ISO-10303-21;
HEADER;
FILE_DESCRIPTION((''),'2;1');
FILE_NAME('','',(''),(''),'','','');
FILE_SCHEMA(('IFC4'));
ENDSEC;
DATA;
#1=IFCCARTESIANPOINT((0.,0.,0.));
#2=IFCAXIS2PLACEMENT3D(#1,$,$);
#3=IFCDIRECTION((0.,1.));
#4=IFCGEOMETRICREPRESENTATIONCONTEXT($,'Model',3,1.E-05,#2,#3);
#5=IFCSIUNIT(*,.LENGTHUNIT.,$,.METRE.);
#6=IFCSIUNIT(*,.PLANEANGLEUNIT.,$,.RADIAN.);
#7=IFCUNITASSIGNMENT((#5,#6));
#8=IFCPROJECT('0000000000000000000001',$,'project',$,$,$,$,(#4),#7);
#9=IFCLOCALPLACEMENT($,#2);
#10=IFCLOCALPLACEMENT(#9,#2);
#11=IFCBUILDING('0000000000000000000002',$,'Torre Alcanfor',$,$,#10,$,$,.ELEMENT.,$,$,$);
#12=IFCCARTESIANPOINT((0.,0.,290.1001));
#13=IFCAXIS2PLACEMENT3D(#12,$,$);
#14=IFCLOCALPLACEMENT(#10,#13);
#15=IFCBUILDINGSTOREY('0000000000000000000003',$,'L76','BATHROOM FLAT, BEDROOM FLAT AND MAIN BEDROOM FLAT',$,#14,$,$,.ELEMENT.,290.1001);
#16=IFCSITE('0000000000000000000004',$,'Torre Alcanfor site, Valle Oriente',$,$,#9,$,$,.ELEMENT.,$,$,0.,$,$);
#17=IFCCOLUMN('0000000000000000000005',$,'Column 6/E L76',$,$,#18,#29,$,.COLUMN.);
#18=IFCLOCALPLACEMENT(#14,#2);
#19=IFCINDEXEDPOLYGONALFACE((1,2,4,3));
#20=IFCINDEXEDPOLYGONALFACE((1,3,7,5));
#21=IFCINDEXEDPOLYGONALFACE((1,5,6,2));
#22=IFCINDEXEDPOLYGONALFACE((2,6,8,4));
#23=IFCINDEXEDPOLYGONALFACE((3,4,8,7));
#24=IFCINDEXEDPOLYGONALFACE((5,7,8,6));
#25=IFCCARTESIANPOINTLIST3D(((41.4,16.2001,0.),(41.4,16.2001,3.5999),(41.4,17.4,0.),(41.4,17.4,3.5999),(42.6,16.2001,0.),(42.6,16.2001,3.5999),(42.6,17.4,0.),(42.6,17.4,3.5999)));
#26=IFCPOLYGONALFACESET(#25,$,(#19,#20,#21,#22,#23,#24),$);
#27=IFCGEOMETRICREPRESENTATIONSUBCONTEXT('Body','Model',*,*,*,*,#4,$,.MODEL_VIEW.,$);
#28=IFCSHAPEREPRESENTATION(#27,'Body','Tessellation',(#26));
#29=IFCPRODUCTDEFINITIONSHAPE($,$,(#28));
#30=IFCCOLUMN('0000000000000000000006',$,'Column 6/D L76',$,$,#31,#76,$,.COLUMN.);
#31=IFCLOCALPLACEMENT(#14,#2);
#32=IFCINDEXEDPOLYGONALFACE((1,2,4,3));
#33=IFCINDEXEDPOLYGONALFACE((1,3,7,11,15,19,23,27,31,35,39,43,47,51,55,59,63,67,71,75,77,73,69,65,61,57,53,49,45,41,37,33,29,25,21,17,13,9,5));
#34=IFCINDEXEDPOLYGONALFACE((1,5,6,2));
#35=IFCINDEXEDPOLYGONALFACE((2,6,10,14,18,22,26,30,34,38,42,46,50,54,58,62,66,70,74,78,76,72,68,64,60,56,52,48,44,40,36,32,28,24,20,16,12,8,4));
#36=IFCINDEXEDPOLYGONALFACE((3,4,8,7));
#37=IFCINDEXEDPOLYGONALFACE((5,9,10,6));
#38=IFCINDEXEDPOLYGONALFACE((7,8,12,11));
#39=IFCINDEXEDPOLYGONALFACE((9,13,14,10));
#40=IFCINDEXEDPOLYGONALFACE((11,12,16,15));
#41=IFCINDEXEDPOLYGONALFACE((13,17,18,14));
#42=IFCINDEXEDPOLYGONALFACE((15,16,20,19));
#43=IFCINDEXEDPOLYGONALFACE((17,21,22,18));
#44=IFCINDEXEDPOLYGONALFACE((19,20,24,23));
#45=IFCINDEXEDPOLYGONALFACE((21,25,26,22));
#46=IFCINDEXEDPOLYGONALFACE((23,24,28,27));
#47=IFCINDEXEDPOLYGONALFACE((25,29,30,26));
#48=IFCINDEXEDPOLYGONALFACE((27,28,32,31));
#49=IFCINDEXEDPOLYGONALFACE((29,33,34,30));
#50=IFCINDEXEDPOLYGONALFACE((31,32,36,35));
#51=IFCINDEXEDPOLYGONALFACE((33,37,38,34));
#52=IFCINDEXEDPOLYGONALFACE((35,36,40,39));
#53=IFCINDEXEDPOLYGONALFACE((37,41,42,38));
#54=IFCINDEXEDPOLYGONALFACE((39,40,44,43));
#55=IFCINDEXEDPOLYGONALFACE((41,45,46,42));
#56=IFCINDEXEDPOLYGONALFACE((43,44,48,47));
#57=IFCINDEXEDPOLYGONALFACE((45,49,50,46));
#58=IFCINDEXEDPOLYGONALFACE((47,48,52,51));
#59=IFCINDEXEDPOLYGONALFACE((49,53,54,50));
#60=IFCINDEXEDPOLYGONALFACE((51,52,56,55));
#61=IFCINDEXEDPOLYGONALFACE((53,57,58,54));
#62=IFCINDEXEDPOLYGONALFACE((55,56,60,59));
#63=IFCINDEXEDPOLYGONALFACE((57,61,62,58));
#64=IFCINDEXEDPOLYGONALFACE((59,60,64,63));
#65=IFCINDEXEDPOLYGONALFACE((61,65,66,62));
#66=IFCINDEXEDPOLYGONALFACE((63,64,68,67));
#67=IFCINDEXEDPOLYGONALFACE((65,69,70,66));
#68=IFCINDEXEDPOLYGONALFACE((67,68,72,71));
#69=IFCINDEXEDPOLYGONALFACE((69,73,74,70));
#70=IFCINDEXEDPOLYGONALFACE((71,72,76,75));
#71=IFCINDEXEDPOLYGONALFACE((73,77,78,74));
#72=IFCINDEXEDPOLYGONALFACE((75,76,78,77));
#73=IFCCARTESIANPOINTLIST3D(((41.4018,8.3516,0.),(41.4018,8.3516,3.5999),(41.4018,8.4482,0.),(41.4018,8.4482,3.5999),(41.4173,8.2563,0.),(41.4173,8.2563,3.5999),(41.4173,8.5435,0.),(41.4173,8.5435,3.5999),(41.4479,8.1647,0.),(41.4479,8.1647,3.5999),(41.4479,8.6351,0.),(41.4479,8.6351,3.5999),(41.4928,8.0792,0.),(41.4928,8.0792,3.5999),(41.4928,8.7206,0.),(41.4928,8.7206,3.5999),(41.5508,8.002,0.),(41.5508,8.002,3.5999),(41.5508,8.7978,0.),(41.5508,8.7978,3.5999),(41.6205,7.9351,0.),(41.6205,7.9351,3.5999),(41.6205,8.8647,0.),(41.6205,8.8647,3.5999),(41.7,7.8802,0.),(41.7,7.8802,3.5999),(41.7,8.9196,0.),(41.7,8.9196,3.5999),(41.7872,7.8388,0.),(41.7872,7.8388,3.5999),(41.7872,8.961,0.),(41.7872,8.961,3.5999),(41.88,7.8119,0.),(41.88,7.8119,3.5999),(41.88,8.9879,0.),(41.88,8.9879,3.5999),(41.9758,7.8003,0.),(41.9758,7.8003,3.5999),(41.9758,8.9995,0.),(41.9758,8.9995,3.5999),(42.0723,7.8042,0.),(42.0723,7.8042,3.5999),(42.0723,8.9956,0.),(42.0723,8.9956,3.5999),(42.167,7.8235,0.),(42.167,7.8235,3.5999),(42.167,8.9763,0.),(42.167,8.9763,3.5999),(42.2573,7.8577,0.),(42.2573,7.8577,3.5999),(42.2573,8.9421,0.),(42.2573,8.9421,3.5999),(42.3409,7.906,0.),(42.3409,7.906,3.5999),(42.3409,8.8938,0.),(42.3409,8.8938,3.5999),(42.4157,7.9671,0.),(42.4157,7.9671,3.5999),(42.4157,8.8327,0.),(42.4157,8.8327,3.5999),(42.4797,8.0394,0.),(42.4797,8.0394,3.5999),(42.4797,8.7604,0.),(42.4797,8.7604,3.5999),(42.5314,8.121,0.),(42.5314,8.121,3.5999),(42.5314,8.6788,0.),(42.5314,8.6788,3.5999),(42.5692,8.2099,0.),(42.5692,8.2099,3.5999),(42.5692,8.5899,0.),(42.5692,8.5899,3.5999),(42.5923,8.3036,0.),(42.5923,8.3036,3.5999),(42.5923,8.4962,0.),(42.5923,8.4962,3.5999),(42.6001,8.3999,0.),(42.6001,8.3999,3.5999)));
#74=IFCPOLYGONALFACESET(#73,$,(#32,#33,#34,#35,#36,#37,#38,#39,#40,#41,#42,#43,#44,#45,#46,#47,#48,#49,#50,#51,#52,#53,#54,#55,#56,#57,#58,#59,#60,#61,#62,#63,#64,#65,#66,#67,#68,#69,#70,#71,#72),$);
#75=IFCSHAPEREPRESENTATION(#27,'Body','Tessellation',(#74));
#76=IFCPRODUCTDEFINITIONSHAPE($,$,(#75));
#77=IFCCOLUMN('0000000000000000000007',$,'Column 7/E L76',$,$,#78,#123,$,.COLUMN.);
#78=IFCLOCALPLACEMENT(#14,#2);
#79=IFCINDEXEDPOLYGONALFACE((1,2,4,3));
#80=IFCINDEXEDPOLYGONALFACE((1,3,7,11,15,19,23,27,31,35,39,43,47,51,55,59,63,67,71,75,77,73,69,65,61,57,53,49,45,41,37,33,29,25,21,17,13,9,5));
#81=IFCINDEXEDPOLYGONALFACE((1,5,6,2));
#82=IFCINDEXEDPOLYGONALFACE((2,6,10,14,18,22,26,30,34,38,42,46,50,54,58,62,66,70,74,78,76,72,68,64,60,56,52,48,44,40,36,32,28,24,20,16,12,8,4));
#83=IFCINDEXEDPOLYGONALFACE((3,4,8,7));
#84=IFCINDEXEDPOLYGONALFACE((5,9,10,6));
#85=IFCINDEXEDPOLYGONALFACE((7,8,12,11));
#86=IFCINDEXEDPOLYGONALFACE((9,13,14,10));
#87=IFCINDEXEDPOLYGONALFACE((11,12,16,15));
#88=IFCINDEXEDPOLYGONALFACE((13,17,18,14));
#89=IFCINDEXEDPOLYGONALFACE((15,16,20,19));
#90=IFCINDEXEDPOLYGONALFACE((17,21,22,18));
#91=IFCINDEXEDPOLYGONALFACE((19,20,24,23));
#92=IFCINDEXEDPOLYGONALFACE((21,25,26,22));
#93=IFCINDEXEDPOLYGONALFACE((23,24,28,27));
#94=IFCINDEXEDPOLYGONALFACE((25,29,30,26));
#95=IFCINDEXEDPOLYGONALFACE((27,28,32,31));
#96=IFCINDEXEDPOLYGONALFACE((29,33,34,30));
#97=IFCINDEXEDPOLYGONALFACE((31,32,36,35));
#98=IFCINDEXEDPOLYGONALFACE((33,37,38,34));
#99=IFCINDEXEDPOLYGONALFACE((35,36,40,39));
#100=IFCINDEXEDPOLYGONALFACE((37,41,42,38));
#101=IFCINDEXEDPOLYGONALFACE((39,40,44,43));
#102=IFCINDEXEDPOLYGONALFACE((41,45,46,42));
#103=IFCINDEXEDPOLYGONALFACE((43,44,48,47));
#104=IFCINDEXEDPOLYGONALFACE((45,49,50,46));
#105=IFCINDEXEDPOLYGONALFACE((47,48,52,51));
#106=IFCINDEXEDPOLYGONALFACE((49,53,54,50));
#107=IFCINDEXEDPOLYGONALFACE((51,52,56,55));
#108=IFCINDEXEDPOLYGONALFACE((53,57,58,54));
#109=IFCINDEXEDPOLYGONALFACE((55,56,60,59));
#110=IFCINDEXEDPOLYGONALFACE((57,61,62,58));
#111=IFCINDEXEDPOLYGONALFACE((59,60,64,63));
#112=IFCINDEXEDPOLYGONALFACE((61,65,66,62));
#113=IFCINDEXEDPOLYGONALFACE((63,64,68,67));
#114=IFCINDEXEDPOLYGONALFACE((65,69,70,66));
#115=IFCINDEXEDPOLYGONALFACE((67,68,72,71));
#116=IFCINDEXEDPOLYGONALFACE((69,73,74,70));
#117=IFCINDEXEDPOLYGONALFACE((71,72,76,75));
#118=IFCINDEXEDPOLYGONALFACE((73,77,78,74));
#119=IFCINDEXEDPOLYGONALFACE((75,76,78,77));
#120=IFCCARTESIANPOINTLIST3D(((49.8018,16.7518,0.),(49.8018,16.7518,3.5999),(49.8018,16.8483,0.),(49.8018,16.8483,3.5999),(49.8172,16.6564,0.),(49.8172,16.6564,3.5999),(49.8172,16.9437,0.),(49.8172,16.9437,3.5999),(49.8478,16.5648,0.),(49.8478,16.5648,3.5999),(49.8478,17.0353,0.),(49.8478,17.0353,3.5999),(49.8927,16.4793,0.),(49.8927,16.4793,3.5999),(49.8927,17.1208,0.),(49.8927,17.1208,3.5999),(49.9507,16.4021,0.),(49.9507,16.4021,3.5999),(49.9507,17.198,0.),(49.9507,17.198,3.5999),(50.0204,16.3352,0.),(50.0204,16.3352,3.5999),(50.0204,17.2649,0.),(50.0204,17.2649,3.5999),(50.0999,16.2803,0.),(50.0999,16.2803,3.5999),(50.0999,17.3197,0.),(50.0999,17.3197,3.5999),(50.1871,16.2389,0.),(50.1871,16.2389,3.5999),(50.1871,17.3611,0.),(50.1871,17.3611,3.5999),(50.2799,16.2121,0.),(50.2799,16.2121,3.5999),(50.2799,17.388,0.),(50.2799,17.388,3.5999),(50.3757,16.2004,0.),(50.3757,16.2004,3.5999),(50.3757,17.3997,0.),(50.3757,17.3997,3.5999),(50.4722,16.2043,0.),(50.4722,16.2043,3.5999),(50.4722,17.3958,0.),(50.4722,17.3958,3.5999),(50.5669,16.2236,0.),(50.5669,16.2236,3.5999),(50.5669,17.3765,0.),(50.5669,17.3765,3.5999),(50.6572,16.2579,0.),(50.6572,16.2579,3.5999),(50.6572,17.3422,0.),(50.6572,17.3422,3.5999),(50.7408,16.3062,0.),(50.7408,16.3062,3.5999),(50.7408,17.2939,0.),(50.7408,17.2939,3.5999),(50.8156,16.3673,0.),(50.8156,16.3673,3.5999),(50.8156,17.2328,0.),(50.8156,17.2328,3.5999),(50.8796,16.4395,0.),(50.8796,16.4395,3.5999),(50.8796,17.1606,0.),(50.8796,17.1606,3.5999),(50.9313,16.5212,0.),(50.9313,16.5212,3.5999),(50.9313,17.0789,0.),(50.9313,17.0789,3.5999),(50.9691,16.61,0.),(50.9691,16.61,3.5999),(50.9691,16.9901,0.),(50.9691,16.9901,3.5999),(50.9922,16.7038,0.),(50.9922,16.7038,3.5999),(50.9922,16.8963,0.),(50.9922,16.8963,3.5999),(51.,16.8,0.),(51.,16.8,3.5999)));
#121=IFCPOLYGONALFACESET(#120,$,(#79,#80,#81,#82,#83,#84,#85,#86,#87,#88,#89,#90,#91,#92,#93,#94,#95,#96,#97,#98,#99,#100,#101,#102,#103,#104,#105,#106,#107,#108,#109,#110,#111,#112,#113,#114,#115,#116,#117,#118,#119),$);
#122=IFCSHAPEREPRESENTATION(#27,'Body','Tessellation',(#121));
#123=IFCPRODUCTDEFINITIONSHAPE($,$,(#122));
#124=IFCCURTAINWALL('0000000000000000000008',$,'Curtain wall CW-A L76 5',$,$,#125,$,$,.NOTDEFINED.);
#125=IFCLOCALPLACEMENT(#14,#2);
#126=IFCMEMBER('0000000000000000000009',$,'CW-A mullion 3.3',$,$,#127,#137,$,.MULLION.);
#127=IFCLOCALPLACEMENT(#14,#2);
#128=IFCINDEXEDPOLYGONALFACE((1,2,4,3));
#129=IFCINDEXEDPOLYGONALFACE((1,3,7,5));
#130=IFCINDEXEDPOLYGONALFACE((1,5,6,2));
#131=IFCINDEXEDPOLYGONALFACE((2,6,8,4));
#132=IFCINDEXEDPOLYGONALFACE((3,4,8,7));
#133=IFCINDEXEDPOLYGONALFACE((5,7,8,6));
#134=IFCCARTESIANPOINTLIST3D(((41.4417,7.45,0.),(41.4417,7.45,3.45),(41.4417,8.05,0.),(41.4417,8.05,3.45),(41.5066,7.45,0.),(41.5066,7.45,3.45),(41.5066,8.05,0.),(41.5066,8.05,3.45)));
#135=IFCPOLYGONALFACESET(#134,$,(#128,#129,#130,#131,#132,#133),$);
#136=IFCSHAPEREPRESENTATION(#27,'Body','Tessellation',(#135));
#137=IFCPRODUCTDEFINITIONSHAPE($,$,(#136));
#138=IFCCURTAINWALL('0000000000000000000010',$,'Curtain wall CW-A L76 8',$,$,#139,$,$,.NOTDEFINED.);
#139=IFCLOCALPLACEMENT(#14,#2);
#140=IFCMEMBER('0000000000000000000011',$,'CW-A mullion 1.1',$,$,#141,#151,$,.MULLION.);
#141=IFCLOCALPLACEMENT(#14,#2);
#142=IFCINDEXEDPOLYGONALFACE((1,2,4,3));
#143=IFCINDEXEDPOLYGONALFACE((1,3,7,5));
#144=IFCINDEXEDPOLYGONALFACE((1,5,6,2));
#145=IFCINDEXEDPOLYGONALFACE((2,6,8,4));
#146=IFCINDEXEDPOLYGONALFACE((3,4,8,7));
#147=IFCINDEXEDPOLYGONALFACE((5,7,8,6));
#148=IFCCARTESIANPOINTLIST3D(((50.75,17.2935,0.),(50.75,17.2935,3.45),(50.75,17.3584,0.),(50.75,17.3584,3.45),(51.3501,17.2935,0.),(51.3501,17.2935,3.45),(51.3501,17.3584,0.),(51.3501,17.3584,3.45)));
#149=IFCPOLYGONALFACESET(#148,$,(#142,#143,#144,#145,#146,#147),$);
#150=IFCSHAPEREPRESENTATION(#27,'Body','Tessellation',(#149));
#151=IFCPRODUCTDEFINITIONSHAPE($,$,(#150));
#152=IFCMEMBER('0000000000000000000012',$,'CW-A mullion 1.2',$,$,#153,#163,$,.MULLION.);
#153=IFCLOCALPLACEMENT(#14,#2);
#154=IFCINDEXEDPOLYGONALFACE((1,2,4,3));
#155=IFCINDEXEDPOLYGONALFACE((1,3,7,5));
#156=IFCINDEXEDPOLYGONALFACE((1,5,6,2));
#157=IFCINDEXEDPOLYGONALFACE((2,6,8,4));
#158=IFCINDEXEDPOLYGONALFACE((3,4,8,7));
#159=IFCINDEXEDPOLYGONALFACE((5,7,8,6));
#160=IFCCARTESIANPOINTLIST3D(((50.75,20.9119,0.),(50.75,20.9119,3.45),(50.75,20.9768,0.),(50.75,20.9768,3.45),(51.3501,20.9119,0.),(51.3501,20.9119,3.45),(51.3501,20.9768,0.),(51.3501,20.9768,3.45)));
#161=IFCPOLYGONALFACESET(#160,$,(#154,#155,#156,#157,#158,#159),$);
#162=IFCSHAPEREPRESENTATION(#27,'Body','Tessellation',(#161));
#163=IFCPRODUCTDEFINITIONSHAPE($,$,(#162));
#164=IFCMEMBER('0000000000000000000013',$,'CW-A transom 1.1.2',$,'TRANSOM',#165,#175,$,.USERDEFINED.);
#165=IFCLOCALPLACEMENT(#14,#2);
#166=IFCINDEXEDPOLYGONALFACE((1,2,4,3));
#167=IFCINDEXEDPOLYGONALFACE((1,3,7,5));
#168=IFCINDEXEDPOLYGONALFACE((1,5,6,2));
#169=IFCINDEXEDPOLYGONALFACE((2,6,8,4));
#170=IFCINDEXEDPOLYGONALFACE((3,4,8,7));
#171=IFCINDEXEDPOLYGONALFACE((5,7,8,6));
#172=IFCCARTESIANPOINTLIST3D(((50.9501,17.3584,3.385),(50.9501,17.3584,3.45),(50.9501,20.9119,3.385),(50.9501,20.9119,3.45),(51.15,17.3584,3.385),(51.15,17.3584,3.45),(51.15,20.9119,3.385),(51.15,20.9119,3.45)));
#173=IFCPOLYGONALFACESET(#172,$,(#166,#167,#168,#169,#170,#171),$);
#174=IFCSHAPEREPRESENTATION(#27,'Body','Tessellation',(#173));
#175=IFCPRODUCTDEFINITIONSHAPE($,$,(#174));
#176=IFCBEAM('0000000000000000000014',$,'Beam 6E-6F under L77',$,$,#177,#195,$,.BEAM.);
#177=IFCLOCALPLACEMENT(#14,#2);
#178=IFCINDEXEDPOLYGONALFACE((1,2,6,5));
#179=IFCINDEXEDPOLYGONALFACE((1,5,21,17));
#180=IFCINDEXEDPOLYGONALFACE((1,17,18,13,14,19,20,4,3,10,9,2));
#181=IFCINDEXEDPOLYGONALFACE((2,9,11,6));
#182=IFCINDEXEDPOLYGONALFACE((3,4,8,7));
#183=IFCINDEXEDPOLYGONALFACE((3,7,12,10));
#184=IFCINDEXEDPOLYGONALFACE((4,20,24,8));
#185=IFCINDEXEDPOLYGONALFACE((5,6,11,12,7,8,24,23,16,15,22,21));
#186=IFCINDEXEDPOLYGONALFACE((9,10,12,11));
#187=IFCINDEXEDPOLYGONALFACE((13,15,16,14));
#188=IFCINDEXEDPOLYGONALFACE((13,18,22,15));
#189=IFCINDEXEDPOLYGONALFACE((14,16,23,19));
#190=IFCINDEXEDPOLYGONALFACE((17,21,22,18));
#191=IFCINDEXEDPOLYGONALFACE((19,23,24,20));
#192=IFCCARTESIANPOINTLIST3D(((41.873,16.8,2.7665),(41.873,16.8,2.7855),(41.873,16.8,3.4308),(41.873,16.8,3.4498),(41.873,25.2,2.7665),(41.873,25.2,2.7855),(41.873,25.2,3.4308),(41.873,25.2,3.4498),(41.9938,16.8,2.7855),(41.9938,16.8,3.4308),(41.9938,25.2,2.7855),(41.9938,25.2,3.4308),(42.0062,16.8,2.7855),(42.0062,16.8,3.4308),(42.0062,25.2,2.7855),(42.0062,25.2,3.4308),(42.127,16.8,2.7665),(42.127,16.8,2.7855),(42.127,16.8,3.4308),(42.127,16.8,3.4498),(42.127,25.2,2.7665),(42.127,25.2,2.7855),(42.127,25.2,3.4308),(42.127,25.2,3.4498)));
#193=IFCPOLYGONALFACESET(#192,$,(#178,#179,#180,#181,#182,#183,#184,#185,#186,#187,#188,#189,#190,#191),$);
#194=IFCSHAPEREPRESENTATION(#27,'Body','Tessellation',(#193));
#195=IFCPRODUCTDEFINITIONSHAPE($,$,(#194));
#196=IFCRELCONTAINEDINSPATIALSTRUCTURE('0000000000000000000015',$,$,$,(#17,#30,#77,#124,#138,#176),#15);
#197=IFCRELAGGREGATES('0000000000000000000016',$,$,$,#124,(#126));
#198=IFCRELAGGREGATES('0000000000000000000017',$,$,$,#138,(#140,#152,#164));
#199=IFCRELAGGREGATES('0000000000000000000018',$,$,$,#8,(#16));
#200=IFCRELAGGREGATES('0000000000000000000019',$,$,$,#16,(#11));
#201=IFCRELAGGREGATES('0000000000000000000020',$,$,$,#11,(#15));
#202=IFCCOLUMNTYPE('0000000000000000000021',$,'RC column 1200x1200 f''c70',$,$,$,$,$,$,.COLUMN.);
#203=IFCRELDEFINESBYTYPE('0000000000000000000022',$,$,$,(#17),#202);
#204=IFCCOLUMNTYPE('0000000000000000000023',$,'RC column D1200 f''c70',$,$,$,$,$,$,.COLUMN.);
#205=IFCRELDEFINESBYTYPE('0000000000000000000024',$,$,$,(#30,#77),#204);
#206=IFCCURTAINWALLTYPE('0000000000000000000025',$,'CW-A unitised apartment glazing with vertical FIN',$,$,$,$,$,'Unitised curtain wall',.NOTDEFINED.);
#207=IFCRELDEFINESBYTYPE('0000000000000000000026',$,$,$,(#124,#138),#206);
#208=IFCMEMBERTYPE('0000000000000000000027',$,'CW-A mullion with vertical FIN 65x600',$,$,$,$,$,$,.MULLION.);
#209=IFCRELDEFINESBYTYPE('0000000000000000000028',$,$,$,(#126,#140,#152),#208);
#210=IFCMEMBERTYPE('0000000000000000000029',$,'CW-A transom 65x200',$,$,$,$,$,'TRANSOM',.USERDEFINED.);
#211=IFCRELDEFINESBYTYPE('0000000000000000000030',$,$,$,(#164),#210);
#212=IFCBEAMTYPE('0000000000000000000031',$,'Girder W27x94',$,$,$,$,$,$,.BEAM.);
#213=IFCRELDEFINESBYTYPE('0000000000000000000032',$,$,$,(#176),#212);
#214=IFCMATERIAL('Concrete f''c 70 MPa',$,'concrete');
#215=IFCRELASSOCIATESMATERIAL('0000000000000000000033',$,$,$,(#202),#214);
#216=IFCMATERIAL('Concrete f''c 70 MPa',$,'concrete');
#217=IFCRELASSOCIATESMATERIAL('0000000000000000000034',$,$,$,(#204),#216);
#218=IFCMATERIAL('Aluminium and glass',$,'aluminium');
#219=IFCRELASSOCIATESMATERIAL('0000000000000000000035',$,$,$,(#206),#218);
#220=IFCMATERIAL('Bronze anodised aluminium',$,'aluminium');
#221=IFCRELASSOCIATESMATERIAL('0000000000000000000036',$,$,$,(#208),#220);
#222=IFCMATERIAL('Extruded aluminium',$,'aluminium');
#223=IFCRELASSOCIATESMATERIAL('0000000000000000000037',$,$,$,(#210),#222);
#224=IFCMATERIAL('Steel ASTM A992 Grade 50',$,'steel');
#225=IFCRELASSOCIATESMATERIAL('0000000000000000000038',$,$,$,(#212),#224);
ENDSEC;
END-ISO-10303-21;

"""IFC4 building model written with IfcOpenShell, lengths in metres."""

from ifc_helpers import new_model, si_unit, direction, frame, origin, origin_2d, place, context, subcontext, project, spatial, rectangle, circle, i_section, extrude, material, material_profile, profile_set, type_object, element, aggregate, save


model = new_model("IFC4")

# Units and contexts
model_context = context("Model", 3, precision=1e-05, world=origin(), true_north=direction((0.0, 1.0)))
body_context = subcontext(model_context, "Body", "Model", "MODEL_VIEW")
ifc_project = project(units=[si_unit("LENGTHUNIT", "METRE"), si_unit("PLANEANGLEUNIT", "RADIAN")], contexts=[model_context])

# Site, building, storey
site_placement = place(None, origin())
site = spatial("IfcSite", under=ifc_project, at=site_placement, Name="Torre Alcanfor site, Valle Oriente", CompositionType="ELEMENT", RefElevation=0.0)
building_placement = place(site_placement, origin())
building = spatial("IfcBuilding", under=site, at=building_placement, Name="Torre Alcanfor", CompositionType="ELEMENT")
storey_placement = place(building_placement, frame((0.0, 0.0, 290.1001)))
storey = spatial("IfcBuildingStorey", under=building, at=storey_placement, Name="L76", Description="BATHROOM FLAT, BEDROOM FLAT AND MAIN BEDROOM FLAT", CompositionType="ELEMENT", Elevation=290.1001)

# Columns
ifc_material_1 = material(Name="Concrete f'c 70 MPa", Category="concrete")
ifc_material_profile_1 = material_profile(ifc_material_1, rectangle(XDim=1.2, YDim=1.2, at=origin_2d()), Name="1200x1200")
ifc_profile_set_1 = profile_set([ifc_material_profile_1], Name="Concrete f'c 70 MPa")
column_type_1 = type_object("IfcColumnType", Name="RC column 1200x1200 f'c70", PredefinedType="COLUMN", material=ifc_profile_set_1)
column_placement = place(storey_placement, frame((42.0, 16.8, 0.0), z_axis=(0.0, 0.0, 1.0), x_axis=(1.0, 0.0, 0.0)))
element("IfcColumn", 1, at=column_placement, inside=storey, type_object=column_type_1, Name="Column 6/E L76", PredefinedType="COLUMN", context=body_context, shape_type="SweptSolid", body=[
    extrude(rectangle(XDim=1.2, YDim=1.2, at=origin_2d()), origin(), (0.0, 0.0, 1.0), 3.5999),
])
ifc_material_2 = material(Name="Concrete f'c 70 MPa", Category="concrete")
ifc_material_profile_2 = material_profile(ifc_material_2, circle(Radius=0.6001, at=origin_2d()), Name="D1200")
ifc_profile_set_2 = profile_set([ifc_material_profile_2], Name="Concrete f'c 70 MPa")
column_type_2 = type_object("IfcColumnType", Name="RC column D1200 f'c70", PredefinedType="COLUMN", material=ifc_profile_set_2)
for number, where, z_axis, x_axis, name in (
    (2, (42.0, 8.3999, 0.0), (0.0, 0.0, 1.0), (1.0, 0.0, 0.0), "Column 6/D L76"),
    (3, (50.3999, 16.8, 0.0), (0.0, 0.0, 1.0), (1.0, 0.0, 0.0), "Column 7/E L76"),
):
    element("IfcColumn", number, at=place(storey_placement, frame(where, z_axis=z_axis, x_axis=x_axis)), inside=storey, type_object=column_type_2, Name=name, PredefinedType="COLUMN", context=body_context, shape_type="SweptSolid", body=[
        extrude(circle(Radius=0.6001, at=origin_2d()), origin(), (0.0, 0.0, 1.0), 3.5999),
    ])

# Curtain wall, member
ifc_material_3 = material(Name="Aluminium and glass", Category="aluminium")
curtain_wall_type = type_object("IfcCurtainWallType", Name="CW-A unitised apartment glazing with vertical FIN", ElementType="Unitised curtain wall", PredefinedType="NOTDEFINED", material=ifc_material_3)
curtain_wall_1_placement = place(storey_placement, origin())
curtain_wall_1 = element("IfcCurtainWall", 4, at=curtain_wall_1_placement, inside=storey, type_object=curtain_wall_type, Name="Curtain wall CW-A L76 5", PredefinedType="NOTDEFINED")
ifc_material_4 = material(Name="Bronze anodised aluminium", Category="aluminium")
ifc_material_profile_3 = material_profile(ifc_material_4, rectangle(XDim=0.6001, YDim=0.0649, at=origin_2d()), Name="CW-A mullion 65x600")
ifc_profile_set_3 = profile_set([ifc_material_profile_3], Name="Bronze anodised aluminium")
member_type_1 = type_object("IfcMemberType", Name="CW-A mullion with vertical FIN 65x600", PredefinedType="MULLION", material=ifc_profile_set_3)
member_1_placement = place(storey_placement, frame((41.4741, 7.75, 0.0), z_axis=(0.0, 0.0, 1.0), x_axis=(0.0, 1.0, 0.0)))
member_1 = element("IfcMember", 5, at=member_1_placement, type_object=member_type_1, Name="CW-A mullion 3.3", PredefinedType="MULLION", context=body_context, shape_type="SweptSolid", body=[
    extrude(rectangle(XDim=0.6001, YDim=0.0649, at=origin_2d()), origin(), (0.0, 0.0, 1.0), 3.45),
])
aggregate(curtain_wall_1, [member_1])

# Curtain wall, members
curtain_wall_2_placement = place(storey_placement, origin())
curtain_wall_2 = element("IfcCurtainWall", 6, at=curtain_wall_2_placement, inside=storey, type_object=curtain_wall_type, Name="Curtain wall CW-A L76 8", PredefinedType="NOTDEFINED")
member_2_placement = place(storey_placement, frame((51.05, 17.3259, 0.0), z_axis=(0.0, 0.0, 1.0), x_axis=(-1.0, 0.0, 0.0)))
member_2 = element("IfcMember", 7, at=member_2_placement, type_object=member_type_1, Name="CW-A mullion 1.1", PredefinedType="MULLION", context=body_context, shape_type="SweptSolid", body=[
    extrude(rectangle(XDim=0.6001, YDim=0.0649, at=origin_2d()), origin(), (0.0, 0.0, 1.0), 3.45),
])
member_3_placement = place(storey_placement, frame((51.05, 20.9443, 0.0), z_axis=(0.0, 0.0, 1.0), x_axis=(-1.0, 0.0, 0.0)))
member_3 = element("IfcMember", 8, at=member_3_placement, type_object=member_type_1, Name="CW-A mullion 1.2", PredefinedType="MULLION", context=body_context, shape_type="SweptSolid", body=[
    extrude(rectangle(XDim=0.6001, YDim=0.0649, at=origin_2d()), origin(), (0.0, 0.0, 1.0), 3.45),
])
ifc_material_5 = material(Name="Extruded aluminium", Category="aluminium")
ifc_material_profile_4 = material_profile(ifc_material_5, rectangle(XDim=0.2, YDim=0.0649, at=origin_2d()), Name="CW-A transom 200x65")
ifc_profile_set_4 = profile_set([ifc_material_profile_4], Name="Extruded aluminium")
member_type_2 = type_object("IfcMemberType", Name="CW-A transom 65x200", ElementType="TRANSOM", PredefinedType="USERDEFINED", material=ifc_profile_set_4)
member_4_placement = place(storey_placement, frame((51.05, 17.3584, 3.4175), z_axis=(0.0, 1.0, 0.0), x_axis=(-1.0, 0.0, 0.0)))
member_4 = element("IfcMember", 9, at=member_4_placement, type_object=member_type_2, Name="CW-A transom 1.1.2", ObjectType="TRANSOM", PredefinedType="USERDEFINED", context=body_context, shape_type="SweptSolid", body=[
    extrude(rectangle(XDim=0.2, YDim=0.0649, at=origin_2d()), origin(), (0.0, 0.0, 1.0), 3.5535),
])

# Beam
ifc_material_6 = material(Name="Steel ASTM A992 Grade 50", Category="steel")
ifc_material_profile_5 = material_profile(ifc_material_6, i_section(OverallWidth=0.2539, OverallDepth=0.6833, WebThickness=0.0125, FlangeThickness=0.019, at=origin_2d()), Name="W27x94")
ifc_profile_set_5 = profile_set([ifc_material_profile_5], Name="Steel ASTM A992 Grade 50")
beam_type_1 = type_object("IfcBeamType", Name="Girder W27x94", PredefinedType="BEAM", material=ifc_profile_set_5)
beam_1_placement = place(storey_placement, frame((42.0, 16.8, 3.1082), z_axis=(0.0, 1.0, 0.0), x_axis=(-1.0, 0.0, 0.0)))
element("IfcBeam", 10, at=beam_1_placement, inside=storey, type_object=beam_type_1, Name="Beam 6E-6F under L77", PredefinedType="BEAM", context=body_context, shape_type="SweptSolid", body=[
    extrude(i_section(OverallWidth=0.2539, OverallDepth=0.6833, WebThickness=0.0125, FlangeThickness=0.019, at=origin_2d()), origin(), (0.0, 0.0, 1.0), 8.3999),
])

aggregate(curtain_wall_2, [member_2, member_3, member_4])

save(model, "model.ifc")
